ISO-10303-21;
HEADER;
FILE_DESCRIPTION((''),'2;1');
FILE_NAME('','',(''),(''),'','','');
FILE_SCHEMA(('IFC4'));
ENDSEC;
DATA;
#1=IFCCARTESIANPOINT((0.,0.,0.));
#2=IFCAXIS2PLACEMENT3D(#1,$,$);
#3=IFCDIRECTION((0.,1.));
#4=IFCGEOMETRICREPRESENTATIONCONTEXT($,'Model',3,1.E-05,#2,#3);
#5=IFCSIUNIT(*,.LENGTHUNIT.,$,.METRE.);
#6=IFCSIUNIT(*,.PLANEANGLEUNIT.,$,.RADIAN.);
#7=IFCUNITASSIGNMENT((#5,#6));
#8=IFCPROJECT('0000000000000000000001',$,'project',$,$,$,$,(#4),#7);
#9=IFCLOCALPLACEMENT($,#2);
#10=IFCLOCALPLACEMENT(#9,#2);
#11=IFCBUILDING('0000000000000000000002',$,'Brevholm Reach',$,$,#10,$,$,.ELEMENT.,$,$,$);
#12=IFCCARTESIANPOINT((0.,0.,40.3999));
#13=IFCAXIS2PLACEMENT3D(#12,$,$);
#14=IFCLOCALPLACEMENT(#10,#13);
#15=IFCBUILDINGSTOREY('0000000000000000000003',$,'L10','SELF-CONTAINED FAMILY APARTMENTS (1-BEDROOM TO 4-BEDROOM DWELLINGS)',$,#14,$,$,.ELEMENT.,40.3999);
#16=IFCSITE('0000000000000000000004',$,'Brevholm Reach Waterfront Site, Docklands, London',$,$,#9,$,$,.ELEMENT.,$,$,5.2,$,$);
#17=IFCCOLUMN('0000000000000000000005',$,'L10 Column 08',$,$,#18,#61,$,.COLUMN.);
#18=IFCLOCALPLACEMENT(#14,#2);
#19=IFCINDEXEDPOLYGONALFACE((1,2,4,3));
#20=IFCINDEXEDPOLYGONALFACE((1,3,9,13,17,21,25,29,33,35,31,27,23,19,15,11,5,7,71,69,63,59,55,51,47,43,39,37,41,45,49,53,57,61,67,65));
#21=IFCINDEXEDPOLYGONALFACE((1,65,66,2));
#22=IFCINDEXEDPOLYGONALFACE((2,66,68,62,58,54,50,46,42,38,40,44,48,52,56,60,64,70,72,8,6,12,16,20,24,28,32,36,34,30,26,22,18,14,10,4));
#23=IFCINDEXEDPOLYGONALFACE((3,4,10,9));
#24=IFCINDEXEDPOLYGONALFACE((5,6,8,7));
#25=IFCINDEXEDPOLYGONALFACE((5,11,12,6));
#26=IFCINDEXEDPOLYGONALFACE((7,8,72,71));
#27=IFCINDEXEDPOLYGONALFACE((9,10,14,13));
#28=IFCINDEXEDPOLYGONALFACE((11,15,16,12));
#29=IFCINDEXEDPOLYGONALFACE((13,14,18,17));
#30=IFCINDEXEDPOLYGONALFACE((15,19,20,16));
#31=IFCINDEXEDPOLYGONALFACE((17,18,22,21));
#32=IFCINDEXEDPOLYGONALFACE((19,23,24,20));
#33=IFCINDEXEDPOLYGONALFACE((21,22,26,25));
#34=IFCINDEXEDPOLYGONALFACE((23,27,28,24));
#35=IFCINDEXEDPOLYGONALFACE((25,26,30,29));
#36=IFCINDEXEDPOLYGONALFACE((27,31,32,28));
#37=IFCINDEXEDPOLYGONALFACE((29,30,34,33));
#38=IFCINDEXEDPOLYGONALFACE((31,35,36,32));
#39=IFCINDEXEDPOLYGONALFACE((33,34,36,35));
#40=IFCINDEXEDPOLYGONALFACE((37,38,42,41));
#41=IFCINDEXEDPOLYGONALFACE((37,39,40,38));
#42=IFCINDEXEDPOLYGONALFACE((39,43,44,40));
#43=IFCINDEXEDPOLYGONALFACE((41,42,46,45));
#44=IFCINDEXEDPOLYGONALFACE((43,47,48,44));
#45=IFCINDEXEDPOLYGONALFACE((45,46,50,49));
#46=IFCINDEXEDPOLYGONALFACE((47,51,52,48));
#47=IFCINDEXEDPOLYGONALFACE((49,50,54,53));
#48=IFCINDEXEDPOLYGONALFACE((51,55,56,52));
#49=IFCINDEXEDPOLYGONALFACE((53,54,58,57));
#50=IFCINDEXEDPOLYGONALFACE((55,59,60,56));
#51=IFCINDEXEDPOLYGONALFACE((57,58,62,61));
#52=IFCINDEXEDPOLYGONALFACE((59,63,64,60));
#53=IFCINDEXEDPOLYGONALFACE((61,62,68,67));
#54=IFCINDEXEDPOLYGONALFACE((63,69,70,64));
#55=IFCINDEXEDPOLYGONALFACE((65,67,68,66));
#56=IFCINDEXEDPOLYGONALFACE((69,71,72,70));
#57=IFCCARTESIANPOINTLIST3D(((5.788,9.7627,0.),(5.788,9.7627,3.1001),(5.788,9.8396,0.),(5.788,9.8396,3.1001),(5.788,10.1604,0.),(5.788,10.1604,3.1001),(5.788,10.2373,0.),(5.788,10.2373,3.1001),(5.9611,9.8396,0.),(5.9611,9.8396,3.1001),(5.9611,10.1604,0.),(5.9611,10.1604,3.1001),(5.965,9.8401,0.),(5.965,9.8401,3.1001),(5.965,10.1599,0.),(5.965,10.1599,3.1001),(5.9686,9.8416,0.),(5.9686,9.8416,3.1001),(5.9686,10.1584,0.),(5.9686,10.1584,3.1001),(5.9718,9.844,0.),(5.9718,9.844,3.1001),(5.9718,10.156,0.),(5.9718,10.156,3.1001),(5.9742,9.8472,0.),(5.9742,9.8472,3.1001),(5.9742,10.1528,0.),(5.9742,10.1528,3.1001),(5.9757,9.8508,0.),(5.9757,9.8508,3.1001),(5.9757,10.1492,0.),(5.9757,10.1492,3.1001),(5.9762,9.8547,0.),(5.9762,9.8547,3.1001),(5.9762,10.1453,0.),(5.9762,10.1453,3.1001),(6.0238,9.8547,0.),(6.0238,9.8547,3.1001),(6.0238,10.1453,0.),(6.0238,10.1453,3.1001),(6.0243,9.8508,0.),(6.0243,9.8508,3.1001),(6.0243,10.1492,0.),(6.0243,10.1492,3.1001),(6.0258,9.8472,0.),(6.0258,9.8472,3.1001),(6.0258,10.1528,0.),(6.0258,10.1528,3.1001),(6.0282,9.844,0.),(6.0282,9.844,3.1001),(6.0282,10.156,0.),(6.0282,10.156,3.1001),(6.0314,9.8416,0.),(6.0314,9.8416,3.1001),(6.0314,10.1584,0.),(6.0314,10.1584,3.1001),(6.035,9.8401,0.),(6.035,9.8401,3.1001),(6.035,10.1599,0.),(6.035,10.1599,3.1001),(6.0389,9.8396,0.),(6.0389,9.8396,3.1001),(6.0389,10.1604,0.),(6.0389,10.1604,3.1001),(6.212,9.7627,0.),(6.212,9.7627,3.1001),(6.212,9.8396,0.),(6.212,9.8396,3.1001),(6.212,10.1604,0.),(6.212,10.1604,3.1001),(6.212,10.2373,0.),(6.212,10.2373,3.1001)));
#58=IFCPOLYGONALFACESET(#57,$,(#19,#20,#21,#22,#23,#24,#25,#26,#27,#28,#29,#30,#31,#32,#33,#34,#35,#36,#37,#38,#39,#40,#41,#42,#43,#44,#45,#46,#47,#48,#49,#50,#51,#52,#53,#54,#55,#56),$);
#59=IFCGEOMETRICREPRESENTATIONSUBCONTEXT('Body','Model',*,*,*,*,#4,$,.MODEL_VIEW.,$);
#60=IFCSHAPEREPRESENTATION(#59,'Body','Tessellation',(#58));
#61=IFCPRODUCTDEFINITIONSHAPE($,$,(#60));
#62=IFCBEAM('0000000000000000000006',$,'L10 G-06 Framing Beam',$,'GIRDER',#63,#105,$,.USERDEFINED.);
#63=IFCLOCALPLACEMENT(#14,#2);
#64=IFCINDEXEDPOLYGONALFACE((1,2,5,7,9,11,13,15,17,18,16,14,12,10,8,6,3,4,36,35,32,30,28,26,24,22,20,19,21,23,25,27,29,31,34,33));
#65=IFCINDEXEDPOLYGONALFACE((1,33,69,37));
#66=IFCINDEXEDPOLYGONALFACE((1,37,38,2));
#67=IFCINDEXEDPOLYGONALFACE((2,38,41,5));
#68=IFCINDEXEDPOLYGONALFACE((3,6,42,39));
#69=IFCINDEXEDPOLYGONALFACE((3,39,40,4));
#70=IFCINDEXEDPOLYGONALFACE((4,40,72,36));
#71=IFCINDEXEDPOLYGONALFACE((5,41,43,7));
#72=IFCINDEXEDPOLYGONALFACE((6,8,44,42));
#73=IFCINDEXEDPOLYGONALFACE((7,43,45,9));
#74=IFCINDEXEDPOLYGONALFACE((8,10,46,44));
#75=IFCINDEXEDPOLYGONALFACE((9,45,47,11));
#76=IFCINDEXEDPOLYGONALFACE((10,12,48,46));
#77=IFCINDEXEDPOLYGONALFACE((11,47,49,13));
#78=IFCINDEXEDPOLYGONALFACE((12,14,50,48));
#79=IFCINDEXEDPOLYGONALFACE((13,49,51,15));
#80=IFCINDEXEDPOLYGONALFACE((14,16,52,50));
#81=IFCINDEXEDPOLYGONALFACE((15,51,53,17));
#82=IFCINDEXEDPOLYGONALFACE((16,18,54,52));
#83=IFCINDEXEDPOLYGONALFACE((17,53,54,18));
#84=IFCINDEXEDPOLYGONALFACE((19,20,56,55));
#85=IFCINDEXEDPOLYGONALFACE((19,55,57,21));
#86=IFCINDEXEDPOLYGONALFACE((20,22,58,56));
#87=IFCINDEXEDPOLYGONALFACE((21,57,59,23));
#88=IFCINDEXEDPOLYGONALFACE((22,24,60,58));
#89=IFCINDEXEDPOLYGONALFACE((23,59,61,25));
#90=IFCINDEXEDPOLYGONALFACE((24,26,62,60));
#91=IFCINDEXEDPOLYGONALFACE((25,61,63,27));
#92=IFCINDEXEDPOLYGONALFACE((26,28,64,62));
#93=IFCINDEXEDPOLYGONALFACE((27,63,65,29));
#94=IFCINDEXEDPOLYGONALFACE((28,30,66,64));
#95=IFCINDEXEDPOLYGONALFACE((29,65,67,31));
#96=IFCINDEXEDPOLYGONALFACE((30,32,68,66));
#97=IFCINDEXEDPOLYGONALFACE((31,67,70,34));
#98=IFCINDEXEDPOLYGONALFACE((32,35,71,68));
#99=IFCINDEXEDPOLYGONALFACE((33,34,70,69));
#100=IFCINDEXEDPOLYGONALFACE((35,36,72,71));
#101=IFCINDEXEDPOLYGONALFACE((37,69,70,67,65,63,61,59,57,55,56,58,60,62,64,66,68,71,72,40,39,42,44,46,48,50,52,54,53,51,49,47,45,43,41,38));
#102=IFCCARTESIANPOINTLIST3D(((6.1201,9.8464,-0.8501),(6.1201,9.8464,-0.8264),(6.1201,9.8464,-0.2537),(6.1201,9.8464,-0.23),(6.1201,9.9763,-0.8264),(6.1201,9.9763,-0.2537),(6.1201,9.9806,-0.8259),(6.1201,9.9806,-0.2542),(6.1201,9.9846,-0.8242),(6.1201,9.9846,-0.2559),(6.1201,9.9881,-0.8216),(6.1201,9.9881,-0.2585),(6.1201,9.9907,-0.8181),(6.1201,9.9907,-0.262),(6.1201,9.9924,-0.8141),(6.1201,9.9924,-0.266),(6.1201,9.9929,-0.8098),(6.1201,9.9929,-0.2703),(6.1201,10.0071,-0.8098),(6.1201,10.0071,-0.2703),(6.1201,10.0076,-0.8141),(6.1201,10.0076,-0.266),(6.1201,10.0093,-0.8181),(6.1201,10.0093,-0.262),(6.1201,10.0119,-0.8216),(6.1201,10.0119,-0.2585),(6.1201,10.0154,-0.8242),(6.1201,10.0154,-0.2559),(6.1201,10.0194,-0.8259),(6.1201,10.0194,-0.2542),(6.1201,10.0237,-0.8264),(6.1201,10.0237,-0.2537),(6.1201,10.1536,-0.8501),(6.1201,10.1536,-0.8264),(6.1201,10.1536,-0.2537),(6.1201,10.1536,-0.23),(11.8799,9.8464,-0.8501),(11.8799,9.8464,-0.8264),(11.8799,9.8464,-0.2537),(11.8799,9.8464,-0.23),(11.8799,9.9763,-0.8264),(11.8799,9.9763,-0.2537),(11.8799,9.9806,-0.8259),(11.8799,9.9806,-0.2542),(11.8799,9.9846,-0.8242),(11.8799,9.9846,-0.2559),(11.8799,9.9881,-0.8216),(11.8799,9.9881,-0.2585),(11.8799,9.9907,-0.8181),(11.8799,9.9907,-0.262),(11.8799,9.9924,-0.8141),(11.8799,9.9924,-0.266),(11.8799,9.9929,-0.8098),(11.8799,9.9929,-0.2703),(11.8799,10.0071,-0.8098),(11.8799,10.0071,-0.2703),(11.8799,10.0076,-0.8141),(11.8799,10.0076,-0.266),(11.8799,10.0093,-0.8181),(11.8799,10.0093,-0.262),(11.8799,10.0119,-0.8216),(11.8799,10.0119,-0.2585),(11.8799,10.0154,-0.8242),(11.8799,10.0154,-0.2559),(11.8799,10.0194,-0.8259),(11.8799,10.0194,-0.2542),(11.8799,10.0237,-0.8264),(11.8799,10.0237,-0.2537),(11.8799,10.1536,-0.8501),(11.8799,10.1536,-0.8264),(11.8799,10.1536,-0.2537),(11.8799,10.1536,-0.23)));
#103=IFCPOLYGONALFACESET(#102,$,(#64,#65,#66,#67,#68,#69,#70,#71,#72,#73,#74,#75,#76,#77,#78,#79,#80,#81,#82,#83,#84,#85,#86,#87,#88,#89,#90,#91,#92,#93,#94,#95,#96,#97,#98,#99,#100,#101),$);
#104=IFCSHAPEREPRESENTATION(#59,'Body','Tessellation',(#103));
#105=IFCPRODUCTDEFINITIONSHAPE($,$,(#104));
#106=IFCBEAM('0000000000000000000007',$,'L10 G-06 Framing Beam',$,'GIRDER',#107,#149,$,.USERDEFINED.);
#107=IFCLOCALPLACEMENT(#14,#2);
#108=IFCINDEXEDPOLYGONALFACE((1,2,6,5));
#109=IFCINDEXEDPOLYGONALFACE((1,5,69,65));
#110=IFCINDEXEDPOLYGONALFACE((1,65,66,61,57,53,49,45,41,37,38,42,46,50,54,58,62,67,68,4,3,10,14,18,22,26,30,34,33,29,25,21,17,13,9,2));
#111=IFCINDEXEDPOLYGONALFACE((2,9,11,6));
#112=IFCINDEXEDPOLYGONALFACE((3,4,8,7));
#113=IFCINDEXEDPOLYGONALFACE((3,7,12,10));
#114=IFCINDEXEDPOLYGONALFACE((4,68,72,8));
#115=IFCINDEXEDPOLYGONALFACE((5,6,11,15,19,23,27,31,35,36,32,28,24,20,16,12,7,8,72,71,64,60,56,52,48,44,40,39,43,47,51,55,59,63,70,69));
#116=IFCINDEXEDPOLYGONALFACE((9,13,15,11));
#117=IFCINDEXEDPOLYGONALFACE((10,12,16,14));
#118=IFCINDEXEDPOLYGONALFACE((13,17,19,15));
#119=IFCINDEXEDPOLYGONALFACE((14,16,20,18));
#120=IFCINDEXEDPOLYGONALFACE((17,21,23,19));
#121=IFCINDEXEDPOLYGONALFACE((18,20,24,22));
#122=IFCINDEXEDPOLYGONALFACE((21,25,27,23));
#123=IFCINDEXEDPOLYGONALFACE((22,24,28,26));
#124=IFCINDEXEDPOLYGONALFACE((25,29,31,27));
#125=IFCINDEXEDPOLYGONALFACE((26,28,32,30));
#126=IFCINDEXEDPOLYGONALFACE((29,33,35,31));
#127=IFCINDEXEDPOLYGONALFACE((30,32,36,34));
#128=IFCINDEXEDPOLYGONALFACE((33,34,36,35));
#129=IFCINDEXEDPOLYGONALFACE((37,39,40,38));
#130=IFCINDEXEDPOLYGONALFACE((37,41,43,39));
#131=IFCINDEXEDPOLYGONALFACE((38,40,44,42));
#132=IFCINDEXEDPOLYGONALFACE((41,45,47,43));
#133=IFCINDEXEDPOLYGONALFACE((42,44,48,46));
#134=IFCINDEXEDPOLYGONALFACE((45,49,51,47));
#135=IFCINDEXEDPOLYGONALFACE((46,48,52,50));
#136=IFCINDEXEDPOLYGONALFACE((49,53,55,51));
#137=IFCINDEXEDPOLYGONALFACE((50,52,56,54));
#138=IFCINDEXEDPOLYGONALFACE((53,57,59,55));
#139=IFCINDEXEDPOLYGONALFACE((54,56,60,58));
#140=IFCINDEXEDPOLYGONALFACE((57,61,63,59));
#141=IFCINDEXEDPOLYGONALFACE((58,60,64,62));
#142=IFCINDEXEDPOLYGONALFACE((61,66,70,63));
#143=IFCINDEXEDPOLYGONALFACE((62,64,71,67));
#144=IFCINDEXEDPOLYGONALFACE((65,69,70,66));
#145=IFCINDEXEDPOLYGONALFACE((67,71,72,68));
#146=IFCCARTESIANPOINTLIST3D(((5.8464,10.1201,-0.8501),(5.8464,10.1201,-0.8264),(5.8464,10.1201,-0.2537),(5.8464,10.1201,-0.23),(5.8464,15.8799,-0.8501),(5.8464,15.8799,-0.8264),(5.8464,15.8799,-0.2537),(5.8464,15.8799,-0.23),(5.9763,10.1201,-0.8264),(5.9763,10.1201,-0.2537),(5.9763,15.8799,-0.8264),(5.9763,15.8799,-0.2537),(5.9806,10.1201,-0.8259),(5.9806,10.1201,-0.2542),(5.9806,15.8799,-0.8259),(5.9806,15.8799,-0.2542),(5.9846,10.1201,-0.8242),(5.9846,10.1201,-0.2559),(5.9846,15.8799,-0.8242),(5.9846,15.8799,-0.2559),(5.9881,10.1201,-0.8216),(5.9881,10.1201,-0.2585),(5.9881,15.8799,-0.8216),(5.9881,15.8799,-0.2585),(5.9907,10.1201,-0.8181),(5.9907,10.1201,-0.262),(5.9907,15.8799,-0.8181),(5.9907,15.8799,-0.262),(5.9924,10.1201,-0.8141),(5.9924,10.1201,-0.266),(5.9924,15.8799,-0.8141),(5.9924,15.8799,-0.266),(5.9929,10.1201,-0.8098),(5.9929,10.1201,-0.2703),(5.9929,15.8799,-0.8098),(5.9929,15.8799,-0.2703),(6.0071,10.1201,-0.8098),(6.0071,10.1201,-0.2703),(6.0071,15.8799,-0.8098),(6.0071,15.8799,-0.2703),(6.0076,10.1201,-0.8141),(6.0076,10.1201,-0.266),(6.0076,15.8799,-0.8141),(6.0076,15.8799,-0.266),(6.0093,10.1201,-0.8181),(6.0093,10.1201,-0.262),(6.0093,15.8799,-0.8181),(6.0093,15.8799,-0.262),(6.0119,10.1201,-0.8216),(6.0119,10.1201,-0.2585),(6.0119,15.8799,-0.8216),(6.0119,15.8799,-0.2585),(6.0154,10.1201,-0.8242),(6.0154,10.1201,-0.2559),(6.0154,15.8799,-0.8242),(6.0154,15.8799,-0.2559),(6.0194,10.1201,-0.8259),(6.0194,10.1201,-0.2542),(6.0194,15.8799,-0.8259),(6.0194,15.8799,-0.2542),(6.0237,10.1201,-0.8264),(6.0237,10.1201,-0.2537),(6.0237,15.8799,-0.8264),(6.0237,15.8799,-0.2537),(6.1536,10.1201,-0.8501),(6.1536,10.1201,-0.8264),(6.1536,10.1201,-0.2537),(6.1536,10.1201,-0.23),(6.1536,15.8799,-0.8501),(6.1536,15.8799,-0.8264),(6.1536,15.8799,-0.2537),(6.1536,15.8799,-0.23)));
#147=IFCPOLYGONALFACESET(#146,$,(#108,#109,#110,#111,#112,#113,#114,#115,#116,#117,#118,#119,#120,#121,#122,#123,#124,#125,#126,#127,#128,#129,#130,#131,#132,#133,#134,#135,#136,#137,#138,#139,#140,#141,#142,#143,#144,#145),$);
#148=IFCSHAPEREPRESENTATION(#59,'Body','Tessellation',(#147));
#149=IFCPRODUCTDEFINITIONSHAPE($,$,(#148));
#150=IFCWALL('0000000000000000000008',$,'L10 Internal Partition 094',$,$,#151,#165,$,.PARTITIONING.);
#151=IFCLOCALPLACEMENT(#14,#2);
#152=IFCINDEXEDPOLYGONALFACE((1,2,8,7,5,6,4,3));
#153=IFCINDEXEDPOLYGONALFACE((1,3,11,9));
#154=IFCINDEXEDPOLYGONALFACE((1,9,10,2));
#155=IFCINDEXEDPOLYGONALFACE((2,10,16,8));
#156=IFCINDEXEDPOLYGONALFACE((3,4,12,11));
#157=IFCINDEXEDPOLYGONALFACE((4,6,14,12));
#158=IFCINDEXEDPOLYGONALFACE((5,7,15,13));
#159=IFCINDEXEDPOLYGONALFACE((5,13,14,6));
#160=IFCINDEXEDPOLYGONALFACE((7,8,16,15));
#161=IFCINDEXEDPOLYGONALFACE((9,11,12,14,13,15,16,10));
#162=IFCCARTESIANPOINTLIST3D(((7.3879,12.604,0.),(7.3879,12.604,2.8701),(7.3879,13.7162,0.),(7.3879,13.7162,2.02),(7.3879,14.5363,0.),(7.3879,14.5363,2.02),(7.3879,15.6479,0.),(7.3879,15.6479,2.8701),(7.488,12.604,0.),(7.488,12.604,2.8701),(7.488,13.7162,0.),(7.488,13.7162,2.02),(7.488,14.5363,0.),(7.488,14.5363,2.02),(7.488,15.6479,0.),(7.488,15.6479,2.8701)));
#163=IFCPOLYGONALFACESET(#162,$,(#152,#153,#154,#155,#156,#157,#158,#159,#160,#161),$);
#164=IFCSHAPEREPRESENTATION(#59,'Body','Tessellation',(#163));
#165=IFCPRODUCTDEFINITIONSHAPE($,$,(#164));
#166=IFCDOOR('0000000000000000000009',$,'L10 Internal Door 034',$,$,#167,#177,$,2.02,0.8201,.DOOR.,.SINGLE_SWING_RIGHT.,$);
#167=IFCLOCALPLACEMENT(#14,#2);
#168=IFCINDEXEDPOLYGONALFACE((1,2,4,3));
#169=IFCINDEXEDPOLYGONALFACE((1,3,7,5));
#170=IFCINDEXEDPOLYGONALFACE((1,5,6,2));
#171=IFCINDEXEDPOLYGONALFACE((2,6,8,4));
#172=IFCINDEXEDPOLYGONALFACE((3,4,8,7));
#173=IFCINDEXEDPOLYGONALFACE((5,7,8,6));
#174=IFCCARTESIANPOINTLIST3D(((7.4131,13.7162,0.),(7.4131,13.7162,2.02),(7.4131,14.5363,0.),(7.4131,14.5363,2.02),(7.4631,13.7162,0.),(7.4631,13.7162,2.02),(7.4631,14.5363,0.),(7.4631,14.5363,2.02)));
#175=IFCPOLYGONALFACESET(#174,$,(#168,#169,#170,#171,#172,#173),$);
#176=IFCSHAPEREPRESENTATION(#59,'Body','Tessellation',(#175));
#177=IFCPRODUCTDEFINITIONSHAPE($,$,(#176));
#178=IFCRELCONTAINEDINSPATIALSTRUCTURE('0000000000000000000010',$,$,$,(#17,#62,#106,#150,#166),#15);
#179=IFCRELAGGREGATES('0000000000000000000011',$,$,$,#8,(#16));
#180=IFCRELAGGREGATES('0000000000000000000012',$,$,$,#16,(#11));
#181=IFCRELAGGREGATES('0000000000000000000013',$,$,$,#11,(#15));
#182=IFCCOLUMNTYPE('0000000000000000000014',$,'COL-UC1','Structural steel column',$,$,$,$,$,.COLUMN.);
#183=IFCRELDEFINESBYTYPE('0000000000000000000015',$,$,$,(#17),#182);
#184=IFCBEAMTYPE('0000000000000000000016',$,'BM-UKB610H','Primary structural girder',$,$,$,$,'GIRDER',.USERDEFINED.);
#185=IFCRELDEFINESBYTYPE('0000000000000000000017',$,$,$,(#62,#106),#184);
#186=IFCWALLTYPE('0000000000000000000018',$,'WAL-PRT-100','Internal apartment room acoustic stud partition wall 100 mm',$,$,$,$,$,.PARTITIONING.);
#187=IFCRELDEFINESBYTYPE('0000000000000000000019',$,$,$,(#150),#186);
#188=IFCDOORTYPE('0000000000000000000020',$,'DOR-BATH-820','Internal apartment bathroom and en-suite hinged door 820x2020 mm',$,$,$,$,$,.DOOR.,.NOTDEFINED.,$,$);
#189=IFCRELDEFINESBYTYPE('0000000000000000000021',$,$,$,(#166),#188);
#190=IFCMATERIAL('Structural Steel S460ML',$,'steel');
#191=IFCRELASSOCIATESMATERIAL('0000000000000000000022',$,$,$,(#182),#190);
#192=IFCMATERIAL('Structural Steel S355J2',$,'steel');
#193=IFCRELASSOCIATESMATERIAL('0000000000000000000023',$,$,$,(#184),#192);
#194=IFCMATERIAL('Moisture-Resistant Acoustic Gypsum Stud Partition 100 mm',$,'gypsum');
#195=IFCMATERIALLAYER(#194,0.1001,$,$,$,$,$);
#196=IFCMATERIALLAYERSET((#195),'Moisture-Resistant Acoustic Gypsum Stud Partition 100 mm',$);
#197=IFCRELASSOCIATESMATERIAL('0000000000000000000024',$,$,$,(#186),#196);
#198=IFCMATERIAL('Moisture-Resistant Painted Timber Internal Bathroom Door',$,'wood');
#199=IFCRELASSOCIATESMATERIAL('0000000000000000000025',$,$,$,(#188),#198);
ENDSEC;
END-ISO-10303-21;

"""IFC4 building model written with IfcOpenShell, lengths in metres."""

from ifc_helpers import new_model, si_unit, direction, frame, frame_2d, origin, origin_2d, place, context, subcontext, project, spatial, rectangle, i_section, extrude, material, layer, layer_set, material_profile, profile_set, type_object, element, fill, save


model = new_model("IFC4")

# Units and contexts
model_context = context("Model", 3, precision=1e-05, world=origin(), true_north=direction((0.0, 1.0)))
body_context = subcontext(model_context, "Body", "Model", "MODEL_VIEW")
ifc_project = project(units=[si_unit("LENGTHUNIT", "METRE"), si_unit("PLANEANGLEUNIT", "RADIAN")], contexts=[model_context])

# Site, building, storey
site_placement = place(None, origin())
site = spatial("IfcSite", under=ifc_project, at=site_placement, Name="Brevholm Reach Waterfront Site, Docklands, London", CompositionType="ELEMENT", RefElevation=5.2)
building_placement = place(site_placement, origin())
building = spatial("IfcBuilding", under=site, at=building_placement, Name="Brevholm Reach", CompositionType="ELEMENT")
storey_placement = place(building_placement, frame((0.0, 0.0, 40.3999)))
storey = spatial("IfcBuildingStorey", under=building, at=storey_placement, Name="L10", Description="SELF-CONTAINED FAMILY APARTMENTS (1-BEDROOM TO 4-BEDROOM DWELLINGS)", CompositionType="ELEMENT", Elevation=40.3999)

# Column
ifc_material_1 = material(Name="Structural Steel S460ML", Category="steel")
ifc_material_profile_1 = material_profile(ifc_material_1, i_section(OverallWidth=0.4241, OverallDepth=0.4746, WebThickness=0.0476, FlangeThickness=0.0769, FilletRadius=0.0151, at=origin_2d()), Name="UKC 356x406x634")
ifc_profile_set_1 = profile_set([ifc_material_profile_1], Name="Structural Steel S460ML")
column_type = type_object("IfcColumnType", Name="COL-UC1", Description="Structural steel column", PredefinedType="COLUMN", material=ifc_profile_set_1)
column_placement = place(storey_placement, frame((6.0, 10.0, 0.0), z_axis=(0.0, 0.0, 1.0), x_axis=(1.0, 0.0, 0.0)))
element("IfcColumn", 1, at=column_placement, inside=storey, type_object=column_type, Name="L10 Column 08", PredefinedType="COLUMN", context=body_context, shape_type="SweptSolid", body=[
    extrude(i_section(OverallWidth=0.4241, OverallDepth=0.4746, WebThickness=0.0476, FlangeThickness=0.0769, FilletRadius=0.0151, at=origin_2d()), origin(), (0.0, 0.0, 1.0), 3.1001),
])

# Beams
ifc_material_2 = material(Name="Structural Steel S355J2", Category="steel")
ifc_material_profile_2 = material_profile(ifc_material_2, i_section(OverallWidth=0.3071, OverallDepth=0.6201, WebThickness=0.0142, FlangeThickness=0.0237, FilletRadius=0.0166, at=origin_2d()), Name="UKB 610x305x179")
ifc_profile_set_2 = profile_set([ifc_material_profile_2], Name="Structural Steel S355J2")
beam_type = type_object("IfcBeamType", Name="BM-UKB610H", Description="Primary structural girder", ElementType="GIRDER", PredefinedType="USERDEFINED", material=ifc_profile_set_2)
for number, where, z_axis, x_axis, name in (
    (2, (6.1201, 10.0, -0.54), (1.0, 0.0, 0.0), (0.0, 1.0, 0.0), "L10 G-06 Framing Beam"),
    (3, (6.0, 10.1201, -0.54), (0.0, 1.0, 0.0), (-1.0, 0.0, 0.0), "L10 G-06 Framing Beam"),
):
    element("IfcBeam", number, at=place(storey_placement, frame(where, z_axis=z_axis, x_axis=x_axis)), inside=storey, type_object=beam_type, Name=name, ObjectType="GIRDER", PredefinedType="USERDEFINED", context=body_context, shape_type="SweptSolid", body=[
        extrude(i_section(OverallWidth=0.3071, OverallDepth=0.6201, WebThickness=0.0142, FlangeThickness=0.0237, FilletRadius=0.0166, at=origin_2d()), origin(), (0.0, 0.0, 1.0), 5.7598),
    ])

# Wall, opening, door
ifc_material_3 = material(Name="Moisture-Resistant Acoustic Gypsum Stud Partition 100 mm", Category="gypsum")
ifc_layer_1 = layer(ifc_material_3, 0.1001)
ifc_layer_set_1 = layer_set([ifc_layer_1], Name="Moisture-Resistant Acoustic Gypsum Stud Partition 100 mm")
wall_type_1 = type_object("IfcWallType", Name="WAL-PRT-100", Description="Internal apartment room acoustic stud partition wall 100 mm", PredefinedType="PARTITIONING", material=ifc_layer_set_1)
wall_1_placement = place(storey_placement, frame((7.438, 12.604, 0.0), z_axis=(0.0, 0.0, 1.0), x_axis=(0.0, 1.0, 0.0)))
wall_1 = element("IfcWall", 4, at=wall_1_placement, inside=storey, type_object=wall_type_1, Name="L10 Internal Partition 094", PredefinedType="PARTITIONING", context=body_context, shape_type="SweptSolid", body=[
    extrude(rectangle(XDim=3.0439, YDim=0.1001, at=frame_2d((1.522, 0.0))), origin(), (0.0, 0.0, 1.0), 2.8701),
])
opening_1_placement = place(wall_1_placement, frame((1.1121, 0.0, 0.0)))
opening_1 = element("IfcOpeningElement", 5, at=opening_1_placement, cuts=wall_1, PredefinedType="OPENING", context=body_context, shape_type="SweptSolid", body=[
    extrude(rectangle(XDim=0.8201, YDim=2.02, at=frame_2d((0.4102, 1.01))), frame((0.0, 0.0601, 0.0), z_axis=(0.0, -1.0, 0.0), x_axis=(1.0, 0.0, 0.0)), (0.0, 0.0, 1.0), 0.1201),
])
ifc_material_4 = material(Name="Moisture-Resistant Painted Timber Internal Bathroom Door", Category="wood")
door_type_1 = type_object("IfcDoorType", Name="DOR-BATH-820", Description="Internal apartment bathroom and en-suite hinged door 820x2020 mm", OperationType="NOTDEFINED", PredefinedType="DOOR", material=ifc_material_4)
door_1_placement = place(opening_1_placement, origin())
door_1 = element("IfcDoor", 6, at=door_1_placement, inside=storey, type_object=door_type_1, Name="L10 Internal Door 034", OperationType="SINGLE_SWING_RIGHT", OverallHeight=2.02, OverallWidth=0.8201, PredefinedType="DOOR", context=body_context, shape_type="SweptSolid", body=[
    extrude(rectangle(XDim=0.8201, YDim=2.02, at=frame_2d((0.4102, 1.01))), frame((0.0, 0.0249, 0.0), z_axis=(0.0, -1.0, 0.0), x_axis=(1.0, 0.0, 0.0)), (0.0, 0.0, 1.0), 0.05),
])
fill(opening_1, door_1)

save(model, "model.ifc")
